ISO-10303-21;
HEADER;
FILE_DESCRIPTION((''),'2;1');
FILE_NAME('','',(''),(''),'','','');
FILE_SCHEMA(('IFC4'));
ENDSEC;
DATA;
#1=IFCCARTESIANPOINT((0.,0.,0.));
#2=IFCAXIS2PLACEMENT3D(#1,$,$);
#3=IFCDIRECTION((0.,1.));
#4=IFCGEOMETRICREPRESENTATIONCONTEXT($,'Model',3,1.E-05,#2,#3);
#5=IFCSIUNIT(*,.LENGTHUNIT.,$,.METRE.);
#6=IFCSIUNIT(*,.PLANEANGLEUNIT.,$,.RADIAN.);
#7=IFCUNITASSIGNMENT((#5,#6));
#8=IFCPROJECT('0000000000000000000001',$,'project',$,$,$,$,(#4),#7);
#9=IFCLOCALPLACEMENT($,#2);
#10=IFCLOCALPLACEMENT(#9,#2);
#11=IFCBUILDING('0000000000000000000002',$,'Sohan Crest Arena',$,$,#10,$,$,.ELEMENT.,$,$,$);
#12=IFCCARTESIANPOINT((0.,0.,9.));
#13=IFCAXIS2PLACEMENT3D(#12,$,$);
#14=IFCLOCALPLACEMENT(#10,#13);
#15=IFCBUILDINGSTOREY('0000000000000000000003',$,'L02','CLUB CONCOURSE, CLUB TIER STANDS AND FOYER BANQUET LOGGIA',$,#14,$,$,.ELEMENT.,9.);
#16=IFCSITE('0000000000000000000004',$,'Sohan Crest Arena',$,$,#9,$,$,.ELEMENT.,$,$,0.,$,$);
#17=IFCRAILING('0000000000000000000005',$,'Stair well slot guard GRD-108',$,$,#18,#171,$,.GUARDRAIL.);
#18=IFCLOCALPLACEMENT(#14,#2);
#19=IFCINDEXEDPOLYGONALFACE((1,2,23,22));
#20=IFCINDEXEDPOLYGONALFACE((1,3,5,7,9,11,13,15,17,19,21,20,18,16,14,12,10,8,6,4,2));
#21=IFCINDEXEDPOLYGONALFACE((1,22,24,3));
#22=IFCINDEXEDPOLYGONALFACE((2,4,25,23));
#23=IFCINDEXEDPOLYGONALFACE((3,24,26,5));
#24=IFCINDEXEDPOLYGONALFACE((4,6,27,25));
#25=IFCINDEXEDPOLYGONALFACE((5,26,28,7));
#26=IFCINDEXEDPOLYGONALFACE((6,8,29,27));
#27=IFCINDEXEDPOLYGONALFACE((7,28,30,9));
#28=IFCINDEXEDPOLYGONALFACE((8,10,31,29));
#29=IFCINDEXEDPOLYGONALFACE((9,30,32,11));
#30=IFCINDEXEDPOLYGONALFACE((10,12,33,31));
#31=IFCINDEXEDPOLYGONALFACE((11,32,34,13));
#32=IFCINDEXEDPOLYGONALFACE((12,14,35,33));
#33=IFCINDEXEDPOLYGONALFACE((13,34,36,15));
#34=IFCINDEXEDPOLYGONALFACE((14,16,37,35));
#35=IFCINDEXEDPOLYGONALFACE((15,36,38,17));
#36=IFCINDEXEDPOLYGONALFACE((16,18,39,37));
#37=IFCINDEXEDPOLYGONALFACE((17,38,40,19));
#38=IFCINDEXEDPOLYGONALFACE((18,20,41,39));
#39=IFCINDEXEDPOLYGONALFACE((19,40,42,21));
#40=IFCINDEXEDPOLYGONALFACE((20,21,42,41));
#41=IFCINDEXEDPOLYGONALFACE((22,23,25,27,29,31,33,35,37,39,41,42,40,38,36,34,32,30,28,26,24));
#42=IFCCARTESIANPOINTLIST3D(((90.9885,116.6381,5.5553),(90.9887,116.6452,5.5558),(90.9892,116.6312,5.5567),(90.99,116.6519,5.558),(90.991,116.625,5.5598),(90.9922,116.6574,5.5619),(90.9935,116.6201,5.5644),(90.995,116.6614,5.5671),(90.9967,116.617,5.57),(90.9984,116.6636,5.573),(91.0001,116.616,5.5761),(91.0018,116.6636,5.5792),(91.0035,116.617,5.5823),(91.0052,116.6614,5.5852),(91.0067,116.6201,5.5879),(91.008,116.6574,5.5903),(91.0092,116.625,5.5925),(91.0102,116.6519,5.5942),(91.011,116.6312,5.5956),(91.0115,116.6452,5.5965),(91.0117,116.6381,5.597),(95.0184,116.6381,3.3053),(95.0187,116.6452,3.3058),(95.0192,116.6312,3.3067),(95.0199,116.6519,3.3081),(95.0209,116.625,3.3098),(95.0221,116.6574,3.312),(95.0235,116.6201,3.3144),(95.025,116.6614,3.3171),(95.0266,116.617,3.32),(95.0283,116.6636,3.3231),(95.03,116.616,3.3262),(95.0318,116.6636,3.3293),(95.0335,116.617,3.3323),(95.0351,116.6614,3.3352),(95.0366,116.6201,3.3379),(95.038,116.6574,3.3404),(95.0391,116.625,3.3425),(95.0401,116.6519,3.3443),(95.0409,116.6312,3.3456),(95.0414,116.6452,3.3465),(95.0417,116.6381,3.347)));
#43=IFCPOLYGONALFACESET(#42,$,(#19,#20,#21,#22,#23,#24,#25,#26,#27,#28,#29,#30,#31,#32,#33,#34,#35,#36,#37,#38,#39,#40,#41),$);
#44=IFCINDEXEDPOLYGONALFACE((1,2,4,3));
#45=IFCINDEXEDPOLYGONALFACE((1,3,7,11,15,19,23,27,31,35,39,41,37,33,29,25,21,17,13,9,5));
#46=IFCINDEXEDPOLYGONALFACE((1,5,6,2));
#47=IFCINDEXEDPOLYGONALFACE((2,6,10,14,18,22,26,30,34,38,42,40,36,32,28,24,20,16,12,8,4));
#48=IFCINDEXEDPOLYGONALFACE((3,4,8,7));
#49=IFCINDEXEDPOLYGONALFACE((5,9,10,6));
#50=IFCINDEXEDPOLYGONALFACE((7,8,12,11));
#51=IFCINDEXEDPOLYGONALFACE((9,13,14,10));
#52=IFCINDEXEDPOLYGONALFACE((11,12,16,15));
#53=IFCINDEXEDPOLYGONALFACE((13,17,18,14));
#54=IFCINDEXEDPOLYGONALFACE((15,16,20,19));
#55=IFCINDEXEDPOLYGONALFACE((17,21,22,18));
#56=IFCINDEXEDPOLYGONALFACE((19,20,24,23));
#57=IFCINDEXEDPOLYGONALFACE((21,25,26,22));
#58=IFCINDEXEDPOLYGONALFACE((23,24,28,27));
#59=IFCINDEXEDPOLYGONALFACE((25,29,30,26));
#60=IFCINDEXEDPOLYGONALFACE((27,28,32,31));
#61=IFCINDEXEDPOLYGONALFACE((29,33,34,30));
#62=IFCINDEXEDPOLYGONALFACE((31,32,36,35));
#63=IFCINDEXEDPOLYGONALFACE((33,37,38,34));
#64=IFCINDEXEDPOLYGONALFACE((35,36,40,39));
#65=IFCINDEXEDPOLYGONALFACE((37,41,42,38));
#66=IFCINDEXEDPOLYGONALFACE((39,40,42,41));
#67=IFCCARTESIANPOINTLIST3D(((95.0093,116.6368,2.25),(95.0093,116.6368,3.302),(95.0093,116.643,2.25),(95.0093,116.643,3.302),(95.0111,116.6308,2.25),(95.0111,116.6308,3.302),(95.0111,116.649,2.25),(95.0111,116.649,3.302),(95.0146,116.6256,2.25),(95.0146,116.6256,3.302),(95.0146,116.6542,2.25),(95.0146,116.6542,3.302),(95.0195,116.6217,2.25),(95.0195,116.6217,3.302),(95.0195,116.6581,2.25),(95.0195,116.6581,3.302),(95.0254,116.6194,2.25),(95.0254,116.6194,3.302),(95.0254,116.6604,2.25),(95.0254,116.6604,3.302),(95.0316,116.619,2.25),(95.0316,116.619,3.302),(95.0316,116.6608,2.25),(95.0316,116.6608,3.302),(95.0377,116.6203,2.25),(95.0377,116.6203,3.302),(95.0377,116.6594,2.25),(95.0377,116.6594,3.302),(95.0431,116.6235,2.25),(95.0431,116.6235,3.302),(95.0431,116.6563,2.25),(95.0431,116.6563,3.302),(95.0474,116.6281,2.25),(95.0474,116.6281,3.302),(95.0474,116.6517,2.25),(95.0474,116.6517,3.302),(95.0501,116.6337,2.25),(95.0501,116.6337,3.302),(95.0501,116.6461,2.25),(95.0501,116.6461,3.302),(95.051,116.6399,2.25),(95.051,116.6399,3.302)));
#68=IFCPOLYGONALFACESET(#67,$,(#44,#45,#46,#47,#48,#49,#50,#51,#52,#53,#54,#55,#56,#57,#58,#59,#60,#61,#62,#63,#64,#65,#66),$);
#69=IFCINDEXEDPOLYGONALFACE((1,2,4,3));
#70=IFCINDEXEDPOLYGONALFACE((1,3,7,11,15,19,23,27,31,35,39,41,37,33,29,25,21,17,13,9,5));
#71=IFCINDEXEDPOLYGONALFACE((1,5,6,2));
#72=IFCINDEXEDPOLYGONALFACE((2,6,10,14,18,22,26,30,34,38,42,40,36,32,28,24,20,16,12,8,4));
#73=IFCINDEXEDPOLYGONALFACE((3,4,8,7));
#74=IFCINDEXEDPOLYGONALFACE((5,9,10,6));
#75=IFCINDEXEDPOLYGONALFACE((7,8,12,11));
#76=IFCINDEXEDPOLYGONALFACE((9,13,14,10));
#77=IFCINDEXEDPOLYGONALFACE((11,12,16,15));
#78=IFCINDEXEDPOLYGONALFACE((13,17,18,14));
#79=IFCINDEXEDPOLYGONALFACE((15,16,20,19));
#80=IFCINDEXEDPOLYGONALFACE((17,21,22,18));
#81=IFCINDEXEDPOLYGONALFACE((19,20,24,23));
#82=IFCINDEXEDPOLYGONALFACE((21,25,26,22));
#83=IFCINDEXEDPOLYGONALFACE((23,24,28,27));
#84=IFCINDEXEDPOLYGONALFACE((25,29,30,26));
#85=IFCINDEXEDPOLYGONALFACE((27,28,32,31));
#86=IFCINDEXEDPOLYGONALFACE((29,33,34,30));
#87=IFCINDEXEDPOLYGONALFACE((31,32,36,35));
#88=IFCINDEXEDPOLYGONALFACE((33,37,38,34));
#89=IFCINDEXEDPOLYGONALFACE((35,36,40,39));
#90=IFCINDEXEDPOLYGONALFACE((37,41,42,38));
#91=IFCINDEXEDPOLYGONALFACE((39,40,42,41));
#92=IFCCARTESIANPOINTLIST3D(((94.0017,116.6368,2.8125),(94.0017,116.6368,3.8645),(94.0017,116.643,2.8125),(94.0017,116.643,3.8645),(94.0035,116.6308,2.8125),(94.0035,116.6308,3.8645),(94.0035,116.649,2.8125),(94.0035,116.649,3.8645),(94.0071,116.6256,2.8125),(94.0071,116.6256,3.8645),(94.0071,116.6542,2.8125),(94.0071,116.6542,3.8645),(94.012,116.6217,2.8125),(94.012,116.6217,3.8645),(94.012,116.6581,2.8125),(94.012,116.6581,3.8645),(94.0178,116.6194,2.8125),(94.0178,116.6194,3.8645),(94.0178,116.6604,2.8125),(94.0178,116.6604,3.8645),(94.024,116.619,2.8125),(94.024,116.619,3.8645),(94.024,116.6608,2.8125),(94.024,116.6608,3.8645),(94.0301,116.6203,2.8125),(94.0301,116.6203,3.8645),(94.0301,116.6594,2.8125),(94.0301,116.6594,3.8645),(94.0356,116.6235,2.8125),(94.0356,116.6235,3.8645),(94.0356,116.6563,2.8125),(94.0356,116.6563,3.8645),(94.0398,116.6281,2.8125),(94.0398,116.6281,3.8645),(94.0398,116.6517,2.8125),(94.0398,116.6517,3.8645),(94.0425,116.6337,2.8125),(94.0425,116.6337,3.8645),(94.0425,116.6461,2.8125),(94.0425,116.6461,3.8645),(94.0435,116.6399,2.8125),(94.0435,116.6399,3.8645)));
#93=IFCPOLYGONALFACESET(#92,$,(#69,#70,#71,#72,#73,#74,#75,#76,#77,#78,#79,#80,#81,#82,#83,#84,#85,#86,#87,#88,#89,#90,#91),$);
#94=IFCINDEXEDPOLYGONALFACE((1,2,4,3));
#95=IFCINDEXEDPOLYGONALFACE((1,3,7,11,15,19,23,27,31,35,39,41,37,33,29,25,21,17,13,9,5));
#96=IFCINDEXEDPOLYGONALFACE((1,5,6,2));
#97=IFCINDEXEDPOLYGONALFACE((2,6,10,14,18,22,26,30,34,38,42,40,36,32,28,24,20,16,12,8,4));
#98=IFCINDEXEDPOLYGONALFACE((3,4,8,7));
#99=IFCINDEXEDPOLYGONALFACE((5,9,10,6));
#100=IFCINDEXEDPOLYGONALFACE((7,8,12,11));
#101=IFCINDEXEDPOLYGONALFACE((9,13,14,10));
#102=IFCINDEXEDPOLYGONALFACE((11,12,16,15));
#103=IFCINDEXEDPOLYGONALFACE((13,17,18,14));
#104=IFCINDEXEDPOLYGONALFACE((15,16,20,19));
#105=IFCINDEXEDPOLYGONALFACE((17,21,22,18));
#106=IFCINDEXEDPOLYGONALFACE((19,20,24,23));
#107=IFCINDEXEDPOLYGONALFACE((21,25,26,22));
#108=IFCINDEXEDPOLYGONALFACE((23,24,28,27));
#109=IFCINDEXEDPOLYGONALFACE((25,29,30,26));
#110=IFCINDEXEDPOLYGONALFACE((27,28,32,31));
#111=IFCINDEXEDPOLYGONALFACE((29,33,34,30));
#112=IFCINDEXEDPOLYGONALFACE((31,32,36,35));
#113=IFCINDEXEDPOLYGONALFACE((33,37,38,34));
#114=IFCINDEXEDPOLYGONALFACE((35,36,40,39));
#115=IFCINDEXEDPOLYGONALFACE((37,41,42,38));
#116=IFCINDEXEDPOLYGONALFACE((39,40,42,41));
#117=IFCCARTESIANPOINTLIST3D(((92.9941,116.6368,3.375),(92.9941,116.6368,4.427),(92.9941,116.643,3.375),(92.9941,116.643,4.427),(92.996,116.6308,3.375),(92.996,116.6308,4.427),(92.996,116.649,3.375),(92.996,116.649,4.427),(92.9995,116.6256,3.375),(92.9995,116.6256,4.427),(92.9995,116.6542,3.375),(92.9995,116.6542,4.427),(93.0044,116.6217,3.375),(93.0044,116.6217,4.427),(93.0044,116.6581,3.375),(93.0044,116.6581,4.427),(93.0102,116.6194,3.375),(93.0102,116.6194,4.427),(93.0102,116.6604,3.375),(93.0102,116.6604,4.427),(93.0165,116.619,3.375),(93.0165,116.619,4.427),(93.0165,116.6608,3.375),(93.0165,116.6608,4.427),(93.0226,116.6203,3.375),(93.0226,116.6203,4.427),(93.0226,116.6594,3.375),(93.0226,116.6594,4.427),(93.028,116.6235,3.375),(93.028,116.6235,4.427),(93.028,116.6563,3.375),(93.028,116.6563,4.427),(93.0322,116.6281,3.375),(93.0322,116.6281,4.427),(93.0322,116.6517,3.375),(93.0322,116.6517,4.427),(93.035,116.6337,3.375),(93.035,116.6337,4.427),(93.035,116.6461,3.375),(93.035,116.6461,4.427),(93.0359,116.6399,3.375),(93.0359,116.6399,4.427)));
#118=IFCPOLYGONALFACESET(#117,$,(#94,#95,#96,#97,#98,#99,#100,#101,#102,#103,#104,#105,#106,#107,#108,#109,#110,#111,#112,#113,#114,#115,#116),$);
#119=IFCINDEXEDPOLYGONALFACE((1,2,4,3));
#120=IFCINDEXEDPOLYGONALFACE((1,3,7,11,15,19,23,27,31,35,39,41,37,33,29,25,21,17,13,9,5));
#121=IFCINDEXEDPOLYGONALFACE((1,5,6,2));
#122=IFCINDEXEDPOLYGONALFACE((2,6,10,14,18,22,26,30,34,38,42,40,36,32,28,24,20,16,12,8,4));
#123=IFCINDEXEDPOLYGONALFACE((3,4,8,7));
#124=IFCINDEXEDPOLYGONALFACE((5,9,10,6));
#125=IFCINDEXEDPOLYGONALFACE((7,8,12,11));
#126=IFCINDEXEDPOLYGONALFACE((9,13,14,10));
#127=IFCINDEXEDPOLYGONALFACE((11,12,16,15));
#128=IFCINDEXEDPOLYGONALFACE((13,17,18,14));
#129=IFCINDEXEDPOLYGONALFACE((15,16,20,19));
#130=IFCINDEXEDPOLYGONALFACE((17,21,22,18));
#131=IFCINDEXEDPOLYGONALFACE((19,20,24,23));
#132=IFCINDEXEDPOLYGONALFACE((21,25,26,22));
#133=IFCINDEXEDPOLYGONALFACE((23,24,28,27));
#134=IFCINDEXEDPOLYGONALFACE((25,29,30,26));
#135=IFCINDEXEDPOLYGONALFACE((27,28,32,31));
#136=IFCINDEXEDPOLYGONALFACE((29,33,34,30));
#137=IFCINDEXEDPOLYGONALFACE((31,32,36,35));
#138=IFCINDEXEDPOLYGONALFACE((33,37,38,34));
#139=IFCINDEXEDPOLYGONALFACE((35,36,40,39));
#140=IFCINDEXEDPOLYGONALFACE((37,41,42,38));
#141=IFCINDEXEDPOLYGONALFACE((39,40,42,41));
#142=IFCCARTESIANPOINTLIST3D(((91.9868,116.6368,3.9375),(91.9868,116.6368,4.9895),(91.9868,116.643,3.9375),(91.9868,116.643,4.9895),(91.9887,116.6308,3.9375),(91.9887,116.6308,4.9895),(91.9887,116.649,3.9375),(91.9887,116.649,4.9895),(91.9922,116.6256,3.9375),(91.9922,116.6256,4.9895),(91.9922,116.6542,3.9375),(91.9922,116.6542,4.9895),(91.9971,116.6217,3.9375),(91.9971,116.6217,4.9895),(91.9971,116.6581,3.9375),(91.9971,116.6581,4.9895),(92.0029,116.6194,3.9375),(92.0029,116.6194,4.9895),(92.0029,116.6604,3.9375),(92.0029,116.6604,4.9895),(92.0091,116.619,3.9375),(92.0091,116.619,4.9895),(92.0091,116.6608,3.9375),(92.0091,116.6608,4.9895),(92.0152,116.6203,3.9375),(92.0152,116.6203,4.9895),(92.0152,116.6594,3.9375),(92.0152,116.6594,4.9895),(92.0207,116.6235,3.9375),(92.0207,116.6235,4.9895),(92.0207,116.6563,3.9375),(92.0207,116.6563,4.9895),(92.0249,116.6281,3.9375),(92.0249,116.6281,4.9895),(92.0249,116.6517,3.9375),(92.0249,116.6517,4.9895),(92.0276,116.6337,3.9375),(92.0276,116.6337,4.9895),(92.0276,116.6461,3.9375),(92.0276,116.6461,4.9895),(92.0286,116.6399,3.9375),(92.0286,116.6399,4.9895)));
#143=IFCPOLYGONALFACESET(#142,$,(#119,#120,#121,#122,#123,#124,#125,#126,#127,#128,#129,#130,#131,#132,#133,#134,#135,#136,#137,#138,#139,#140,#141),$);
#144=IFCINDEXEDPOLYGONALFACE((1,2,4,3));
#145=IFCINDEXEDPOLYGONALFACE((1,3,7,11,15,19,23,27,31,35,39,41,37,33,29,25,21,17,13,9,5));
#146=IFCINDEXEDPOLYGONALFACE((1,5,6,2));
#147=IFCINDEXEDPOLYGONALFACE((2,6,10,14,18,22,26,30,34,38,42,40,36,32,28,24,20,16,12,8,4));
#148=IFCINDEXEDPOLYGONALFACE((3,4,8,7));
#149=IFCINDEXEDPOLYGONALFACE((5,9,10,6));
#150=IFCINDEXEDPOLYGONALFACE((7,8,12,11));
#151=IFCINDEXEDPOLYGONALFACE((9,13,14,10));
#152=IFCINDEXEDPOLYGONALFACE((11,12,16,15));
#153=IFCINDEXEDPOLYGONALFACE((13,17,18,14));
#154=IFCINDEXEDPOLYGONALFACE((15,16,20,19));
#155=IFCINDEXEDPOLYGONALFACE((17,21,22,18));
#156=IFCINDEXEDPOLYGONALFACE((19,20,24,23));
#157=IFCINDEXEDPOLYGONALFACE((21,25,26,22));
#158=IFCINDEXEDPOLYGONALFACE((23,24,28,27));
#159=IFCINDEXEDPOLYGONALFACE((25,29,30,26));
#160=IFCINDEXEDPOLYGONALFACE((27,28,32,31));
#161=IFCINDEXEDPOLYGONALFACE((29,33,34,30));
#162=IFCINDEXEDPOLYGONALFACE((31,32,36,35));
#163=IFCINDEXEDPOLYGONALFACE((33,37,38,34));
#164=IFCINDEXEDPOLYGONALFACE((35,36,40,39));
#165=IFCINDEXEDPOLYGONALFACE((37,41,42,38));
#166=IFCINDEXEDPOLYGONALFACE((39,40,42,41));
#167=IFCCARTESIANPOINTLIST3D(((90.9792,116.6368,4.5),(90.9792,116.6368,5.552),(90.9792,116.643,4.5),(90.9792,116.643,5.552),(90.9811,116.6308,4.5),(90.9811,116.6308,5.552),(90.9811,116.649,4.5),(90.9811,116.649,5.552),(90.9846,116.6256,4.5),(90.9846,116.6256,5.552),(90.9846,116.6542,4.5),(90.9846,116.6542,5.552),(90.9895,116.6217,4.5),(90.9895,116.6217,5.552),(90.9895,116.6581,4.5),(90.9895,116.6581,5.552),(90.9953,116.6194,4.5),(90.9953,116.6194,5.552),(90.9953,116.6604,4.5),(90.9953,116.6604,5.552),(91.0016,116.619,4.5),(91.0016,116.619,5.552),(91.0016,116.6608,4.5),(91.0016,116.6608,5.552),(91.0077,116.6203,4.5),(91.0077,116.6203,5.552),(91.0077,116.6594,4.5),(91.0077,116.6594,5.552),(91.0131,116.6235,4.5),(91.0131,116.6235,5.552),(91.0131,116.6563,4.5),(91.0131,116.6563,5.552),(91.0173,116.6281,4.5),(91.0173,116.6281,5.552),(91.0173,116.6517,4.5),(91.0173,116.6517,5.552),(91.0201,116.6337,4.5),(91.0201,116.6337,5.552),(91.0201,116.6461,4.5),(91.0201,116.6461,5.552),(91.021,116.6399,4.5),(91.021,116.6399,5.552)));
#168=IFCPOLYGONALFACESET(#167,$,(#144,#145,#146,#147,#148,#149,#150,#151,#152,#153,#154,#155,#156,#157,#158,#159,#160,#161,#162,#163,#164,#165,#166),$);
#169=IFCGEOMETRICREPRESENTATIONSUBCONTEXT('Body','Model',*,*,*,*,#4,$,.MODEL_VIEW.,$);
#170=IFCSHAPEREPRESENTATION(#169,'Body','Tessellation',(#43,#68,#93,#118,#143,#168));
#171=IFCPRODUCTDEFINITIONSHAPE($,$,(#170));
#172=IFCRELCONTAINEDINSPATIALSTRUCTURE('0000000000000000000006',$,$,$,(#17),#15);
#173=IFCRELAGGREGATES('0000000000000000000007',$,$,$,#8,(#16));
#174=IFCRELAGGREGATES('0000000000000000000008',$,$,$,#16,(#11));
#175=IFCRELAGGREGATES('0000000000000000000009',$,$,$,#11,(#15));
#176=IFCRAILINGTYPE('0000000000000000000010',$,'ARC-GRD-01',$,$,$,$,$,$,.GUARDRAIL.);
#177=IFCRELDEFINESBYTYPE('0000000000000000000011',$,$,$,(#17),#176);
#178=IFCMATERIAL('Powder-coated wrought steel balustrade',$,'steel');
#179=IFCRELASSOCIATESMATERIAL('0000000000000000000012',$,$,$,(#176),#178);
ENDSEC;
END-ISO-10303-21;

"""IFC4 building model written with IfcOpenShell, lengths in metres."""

from ifc_helpers import new_model, si_unit, direction, frame, origin, origin_2d, place, context, subcontext, project, spatial, circle, extrude, material, type_object, element, save


model = new_model("IFC4")

# Units and contexts
model_context = context("Model", 3, precision=1e-05, world=origin(), true_north=direction((0.0, 1.0)))
body_context = subcontext(model_context, "Body", "Model", "MODEL_VIEW")
ifc_project = project(units=[si_unit("LENGTHUNIT", "METRE"), si_unit("PLANEANGLEUNIT", "RADIAN")], contexts=[model_context])

# Site, building, storey
site_placement = place(None, origin())
site = spatial("IfcSite", under=ifc_project, at=site_placement, Name="Sohan Crest Arena", CompositionType="ELEMENT", RefElevation=0.0)
building_placement = place(site_placement, origin())
building = spatial("IfcBuilding", under=site, at=building_placement, Name="Sohan Crest Arena", CompositionType="ELEMENT")
storey_placement = place(building_placement, frame((0.0, 0.0, 9.0)))
storey = spatial("IfcBuildingStorey", under=building, at=storey_placement, Name="L02", Description="CLUB CONCOURSE, CLUB TIER STANDS AND FOYER BANQUET LOGGIA", CompositionType="ELEMENT", Elevation=9.0)

# Railing
ifc_material_1 = material(Name="Powder-coated wrought steel balustrade", Category="steel")
railing_type_1 = type_object("IfcRailingType", Name="ARC-GRD-01", PredefinedType="GUARDRAIL", material=ifc_material_1)
railing_1_placement = place(storey_placement, frame((95.03, 116.6399, 2.25)))
element("IfcRailing", 1, at=railing_1_placement, inside=storey, type_object=railing_type_1, Name="Stair well slot guard GRD-108", PredefinedType="GUARDRAIL", context=body_context, shape_type="SweptSolid", body=[
    extrude(circle(Radius=0.0239, at=origin_2d()), frame((0.0, 0.0, 1.0762), z_axis=(-0.873135, 0.0, 0.487479), x_axis=(0.0, -1.0, 0.0)), (0.0, 0.0, 1.0), 4.6155),
    extrude(circle(Radius=0.021, at=origin_2d()), origin(), (0.0, 0.0, 1.0), 1.052),
    extrude(circle(Radius=0.021, at=origin_2d()), frame((-1.0076, 0.0, 0.5625)), (0.0, 0.0, 1.0), 1.052),
    extrude(circle(Radius=0.021, at=origin_2d()), frame((-2.0151, 0.0, 1.125)), (0.0, 0.0, 1.0), 1.052),
    extrude(circle(Radius=0.021, at=origin_2d()), frame((-3.0225, 0.0, 1.6875)), (0.0, 0.0, 1.0), 1.052),
    extrude(circle(Radius=0.021, at=origin_2d()), frame((-4.03, 0.0, 2.25)), (0.0, 0.0, 1.0), 1.052),
])

save(model, "model.ifc")
